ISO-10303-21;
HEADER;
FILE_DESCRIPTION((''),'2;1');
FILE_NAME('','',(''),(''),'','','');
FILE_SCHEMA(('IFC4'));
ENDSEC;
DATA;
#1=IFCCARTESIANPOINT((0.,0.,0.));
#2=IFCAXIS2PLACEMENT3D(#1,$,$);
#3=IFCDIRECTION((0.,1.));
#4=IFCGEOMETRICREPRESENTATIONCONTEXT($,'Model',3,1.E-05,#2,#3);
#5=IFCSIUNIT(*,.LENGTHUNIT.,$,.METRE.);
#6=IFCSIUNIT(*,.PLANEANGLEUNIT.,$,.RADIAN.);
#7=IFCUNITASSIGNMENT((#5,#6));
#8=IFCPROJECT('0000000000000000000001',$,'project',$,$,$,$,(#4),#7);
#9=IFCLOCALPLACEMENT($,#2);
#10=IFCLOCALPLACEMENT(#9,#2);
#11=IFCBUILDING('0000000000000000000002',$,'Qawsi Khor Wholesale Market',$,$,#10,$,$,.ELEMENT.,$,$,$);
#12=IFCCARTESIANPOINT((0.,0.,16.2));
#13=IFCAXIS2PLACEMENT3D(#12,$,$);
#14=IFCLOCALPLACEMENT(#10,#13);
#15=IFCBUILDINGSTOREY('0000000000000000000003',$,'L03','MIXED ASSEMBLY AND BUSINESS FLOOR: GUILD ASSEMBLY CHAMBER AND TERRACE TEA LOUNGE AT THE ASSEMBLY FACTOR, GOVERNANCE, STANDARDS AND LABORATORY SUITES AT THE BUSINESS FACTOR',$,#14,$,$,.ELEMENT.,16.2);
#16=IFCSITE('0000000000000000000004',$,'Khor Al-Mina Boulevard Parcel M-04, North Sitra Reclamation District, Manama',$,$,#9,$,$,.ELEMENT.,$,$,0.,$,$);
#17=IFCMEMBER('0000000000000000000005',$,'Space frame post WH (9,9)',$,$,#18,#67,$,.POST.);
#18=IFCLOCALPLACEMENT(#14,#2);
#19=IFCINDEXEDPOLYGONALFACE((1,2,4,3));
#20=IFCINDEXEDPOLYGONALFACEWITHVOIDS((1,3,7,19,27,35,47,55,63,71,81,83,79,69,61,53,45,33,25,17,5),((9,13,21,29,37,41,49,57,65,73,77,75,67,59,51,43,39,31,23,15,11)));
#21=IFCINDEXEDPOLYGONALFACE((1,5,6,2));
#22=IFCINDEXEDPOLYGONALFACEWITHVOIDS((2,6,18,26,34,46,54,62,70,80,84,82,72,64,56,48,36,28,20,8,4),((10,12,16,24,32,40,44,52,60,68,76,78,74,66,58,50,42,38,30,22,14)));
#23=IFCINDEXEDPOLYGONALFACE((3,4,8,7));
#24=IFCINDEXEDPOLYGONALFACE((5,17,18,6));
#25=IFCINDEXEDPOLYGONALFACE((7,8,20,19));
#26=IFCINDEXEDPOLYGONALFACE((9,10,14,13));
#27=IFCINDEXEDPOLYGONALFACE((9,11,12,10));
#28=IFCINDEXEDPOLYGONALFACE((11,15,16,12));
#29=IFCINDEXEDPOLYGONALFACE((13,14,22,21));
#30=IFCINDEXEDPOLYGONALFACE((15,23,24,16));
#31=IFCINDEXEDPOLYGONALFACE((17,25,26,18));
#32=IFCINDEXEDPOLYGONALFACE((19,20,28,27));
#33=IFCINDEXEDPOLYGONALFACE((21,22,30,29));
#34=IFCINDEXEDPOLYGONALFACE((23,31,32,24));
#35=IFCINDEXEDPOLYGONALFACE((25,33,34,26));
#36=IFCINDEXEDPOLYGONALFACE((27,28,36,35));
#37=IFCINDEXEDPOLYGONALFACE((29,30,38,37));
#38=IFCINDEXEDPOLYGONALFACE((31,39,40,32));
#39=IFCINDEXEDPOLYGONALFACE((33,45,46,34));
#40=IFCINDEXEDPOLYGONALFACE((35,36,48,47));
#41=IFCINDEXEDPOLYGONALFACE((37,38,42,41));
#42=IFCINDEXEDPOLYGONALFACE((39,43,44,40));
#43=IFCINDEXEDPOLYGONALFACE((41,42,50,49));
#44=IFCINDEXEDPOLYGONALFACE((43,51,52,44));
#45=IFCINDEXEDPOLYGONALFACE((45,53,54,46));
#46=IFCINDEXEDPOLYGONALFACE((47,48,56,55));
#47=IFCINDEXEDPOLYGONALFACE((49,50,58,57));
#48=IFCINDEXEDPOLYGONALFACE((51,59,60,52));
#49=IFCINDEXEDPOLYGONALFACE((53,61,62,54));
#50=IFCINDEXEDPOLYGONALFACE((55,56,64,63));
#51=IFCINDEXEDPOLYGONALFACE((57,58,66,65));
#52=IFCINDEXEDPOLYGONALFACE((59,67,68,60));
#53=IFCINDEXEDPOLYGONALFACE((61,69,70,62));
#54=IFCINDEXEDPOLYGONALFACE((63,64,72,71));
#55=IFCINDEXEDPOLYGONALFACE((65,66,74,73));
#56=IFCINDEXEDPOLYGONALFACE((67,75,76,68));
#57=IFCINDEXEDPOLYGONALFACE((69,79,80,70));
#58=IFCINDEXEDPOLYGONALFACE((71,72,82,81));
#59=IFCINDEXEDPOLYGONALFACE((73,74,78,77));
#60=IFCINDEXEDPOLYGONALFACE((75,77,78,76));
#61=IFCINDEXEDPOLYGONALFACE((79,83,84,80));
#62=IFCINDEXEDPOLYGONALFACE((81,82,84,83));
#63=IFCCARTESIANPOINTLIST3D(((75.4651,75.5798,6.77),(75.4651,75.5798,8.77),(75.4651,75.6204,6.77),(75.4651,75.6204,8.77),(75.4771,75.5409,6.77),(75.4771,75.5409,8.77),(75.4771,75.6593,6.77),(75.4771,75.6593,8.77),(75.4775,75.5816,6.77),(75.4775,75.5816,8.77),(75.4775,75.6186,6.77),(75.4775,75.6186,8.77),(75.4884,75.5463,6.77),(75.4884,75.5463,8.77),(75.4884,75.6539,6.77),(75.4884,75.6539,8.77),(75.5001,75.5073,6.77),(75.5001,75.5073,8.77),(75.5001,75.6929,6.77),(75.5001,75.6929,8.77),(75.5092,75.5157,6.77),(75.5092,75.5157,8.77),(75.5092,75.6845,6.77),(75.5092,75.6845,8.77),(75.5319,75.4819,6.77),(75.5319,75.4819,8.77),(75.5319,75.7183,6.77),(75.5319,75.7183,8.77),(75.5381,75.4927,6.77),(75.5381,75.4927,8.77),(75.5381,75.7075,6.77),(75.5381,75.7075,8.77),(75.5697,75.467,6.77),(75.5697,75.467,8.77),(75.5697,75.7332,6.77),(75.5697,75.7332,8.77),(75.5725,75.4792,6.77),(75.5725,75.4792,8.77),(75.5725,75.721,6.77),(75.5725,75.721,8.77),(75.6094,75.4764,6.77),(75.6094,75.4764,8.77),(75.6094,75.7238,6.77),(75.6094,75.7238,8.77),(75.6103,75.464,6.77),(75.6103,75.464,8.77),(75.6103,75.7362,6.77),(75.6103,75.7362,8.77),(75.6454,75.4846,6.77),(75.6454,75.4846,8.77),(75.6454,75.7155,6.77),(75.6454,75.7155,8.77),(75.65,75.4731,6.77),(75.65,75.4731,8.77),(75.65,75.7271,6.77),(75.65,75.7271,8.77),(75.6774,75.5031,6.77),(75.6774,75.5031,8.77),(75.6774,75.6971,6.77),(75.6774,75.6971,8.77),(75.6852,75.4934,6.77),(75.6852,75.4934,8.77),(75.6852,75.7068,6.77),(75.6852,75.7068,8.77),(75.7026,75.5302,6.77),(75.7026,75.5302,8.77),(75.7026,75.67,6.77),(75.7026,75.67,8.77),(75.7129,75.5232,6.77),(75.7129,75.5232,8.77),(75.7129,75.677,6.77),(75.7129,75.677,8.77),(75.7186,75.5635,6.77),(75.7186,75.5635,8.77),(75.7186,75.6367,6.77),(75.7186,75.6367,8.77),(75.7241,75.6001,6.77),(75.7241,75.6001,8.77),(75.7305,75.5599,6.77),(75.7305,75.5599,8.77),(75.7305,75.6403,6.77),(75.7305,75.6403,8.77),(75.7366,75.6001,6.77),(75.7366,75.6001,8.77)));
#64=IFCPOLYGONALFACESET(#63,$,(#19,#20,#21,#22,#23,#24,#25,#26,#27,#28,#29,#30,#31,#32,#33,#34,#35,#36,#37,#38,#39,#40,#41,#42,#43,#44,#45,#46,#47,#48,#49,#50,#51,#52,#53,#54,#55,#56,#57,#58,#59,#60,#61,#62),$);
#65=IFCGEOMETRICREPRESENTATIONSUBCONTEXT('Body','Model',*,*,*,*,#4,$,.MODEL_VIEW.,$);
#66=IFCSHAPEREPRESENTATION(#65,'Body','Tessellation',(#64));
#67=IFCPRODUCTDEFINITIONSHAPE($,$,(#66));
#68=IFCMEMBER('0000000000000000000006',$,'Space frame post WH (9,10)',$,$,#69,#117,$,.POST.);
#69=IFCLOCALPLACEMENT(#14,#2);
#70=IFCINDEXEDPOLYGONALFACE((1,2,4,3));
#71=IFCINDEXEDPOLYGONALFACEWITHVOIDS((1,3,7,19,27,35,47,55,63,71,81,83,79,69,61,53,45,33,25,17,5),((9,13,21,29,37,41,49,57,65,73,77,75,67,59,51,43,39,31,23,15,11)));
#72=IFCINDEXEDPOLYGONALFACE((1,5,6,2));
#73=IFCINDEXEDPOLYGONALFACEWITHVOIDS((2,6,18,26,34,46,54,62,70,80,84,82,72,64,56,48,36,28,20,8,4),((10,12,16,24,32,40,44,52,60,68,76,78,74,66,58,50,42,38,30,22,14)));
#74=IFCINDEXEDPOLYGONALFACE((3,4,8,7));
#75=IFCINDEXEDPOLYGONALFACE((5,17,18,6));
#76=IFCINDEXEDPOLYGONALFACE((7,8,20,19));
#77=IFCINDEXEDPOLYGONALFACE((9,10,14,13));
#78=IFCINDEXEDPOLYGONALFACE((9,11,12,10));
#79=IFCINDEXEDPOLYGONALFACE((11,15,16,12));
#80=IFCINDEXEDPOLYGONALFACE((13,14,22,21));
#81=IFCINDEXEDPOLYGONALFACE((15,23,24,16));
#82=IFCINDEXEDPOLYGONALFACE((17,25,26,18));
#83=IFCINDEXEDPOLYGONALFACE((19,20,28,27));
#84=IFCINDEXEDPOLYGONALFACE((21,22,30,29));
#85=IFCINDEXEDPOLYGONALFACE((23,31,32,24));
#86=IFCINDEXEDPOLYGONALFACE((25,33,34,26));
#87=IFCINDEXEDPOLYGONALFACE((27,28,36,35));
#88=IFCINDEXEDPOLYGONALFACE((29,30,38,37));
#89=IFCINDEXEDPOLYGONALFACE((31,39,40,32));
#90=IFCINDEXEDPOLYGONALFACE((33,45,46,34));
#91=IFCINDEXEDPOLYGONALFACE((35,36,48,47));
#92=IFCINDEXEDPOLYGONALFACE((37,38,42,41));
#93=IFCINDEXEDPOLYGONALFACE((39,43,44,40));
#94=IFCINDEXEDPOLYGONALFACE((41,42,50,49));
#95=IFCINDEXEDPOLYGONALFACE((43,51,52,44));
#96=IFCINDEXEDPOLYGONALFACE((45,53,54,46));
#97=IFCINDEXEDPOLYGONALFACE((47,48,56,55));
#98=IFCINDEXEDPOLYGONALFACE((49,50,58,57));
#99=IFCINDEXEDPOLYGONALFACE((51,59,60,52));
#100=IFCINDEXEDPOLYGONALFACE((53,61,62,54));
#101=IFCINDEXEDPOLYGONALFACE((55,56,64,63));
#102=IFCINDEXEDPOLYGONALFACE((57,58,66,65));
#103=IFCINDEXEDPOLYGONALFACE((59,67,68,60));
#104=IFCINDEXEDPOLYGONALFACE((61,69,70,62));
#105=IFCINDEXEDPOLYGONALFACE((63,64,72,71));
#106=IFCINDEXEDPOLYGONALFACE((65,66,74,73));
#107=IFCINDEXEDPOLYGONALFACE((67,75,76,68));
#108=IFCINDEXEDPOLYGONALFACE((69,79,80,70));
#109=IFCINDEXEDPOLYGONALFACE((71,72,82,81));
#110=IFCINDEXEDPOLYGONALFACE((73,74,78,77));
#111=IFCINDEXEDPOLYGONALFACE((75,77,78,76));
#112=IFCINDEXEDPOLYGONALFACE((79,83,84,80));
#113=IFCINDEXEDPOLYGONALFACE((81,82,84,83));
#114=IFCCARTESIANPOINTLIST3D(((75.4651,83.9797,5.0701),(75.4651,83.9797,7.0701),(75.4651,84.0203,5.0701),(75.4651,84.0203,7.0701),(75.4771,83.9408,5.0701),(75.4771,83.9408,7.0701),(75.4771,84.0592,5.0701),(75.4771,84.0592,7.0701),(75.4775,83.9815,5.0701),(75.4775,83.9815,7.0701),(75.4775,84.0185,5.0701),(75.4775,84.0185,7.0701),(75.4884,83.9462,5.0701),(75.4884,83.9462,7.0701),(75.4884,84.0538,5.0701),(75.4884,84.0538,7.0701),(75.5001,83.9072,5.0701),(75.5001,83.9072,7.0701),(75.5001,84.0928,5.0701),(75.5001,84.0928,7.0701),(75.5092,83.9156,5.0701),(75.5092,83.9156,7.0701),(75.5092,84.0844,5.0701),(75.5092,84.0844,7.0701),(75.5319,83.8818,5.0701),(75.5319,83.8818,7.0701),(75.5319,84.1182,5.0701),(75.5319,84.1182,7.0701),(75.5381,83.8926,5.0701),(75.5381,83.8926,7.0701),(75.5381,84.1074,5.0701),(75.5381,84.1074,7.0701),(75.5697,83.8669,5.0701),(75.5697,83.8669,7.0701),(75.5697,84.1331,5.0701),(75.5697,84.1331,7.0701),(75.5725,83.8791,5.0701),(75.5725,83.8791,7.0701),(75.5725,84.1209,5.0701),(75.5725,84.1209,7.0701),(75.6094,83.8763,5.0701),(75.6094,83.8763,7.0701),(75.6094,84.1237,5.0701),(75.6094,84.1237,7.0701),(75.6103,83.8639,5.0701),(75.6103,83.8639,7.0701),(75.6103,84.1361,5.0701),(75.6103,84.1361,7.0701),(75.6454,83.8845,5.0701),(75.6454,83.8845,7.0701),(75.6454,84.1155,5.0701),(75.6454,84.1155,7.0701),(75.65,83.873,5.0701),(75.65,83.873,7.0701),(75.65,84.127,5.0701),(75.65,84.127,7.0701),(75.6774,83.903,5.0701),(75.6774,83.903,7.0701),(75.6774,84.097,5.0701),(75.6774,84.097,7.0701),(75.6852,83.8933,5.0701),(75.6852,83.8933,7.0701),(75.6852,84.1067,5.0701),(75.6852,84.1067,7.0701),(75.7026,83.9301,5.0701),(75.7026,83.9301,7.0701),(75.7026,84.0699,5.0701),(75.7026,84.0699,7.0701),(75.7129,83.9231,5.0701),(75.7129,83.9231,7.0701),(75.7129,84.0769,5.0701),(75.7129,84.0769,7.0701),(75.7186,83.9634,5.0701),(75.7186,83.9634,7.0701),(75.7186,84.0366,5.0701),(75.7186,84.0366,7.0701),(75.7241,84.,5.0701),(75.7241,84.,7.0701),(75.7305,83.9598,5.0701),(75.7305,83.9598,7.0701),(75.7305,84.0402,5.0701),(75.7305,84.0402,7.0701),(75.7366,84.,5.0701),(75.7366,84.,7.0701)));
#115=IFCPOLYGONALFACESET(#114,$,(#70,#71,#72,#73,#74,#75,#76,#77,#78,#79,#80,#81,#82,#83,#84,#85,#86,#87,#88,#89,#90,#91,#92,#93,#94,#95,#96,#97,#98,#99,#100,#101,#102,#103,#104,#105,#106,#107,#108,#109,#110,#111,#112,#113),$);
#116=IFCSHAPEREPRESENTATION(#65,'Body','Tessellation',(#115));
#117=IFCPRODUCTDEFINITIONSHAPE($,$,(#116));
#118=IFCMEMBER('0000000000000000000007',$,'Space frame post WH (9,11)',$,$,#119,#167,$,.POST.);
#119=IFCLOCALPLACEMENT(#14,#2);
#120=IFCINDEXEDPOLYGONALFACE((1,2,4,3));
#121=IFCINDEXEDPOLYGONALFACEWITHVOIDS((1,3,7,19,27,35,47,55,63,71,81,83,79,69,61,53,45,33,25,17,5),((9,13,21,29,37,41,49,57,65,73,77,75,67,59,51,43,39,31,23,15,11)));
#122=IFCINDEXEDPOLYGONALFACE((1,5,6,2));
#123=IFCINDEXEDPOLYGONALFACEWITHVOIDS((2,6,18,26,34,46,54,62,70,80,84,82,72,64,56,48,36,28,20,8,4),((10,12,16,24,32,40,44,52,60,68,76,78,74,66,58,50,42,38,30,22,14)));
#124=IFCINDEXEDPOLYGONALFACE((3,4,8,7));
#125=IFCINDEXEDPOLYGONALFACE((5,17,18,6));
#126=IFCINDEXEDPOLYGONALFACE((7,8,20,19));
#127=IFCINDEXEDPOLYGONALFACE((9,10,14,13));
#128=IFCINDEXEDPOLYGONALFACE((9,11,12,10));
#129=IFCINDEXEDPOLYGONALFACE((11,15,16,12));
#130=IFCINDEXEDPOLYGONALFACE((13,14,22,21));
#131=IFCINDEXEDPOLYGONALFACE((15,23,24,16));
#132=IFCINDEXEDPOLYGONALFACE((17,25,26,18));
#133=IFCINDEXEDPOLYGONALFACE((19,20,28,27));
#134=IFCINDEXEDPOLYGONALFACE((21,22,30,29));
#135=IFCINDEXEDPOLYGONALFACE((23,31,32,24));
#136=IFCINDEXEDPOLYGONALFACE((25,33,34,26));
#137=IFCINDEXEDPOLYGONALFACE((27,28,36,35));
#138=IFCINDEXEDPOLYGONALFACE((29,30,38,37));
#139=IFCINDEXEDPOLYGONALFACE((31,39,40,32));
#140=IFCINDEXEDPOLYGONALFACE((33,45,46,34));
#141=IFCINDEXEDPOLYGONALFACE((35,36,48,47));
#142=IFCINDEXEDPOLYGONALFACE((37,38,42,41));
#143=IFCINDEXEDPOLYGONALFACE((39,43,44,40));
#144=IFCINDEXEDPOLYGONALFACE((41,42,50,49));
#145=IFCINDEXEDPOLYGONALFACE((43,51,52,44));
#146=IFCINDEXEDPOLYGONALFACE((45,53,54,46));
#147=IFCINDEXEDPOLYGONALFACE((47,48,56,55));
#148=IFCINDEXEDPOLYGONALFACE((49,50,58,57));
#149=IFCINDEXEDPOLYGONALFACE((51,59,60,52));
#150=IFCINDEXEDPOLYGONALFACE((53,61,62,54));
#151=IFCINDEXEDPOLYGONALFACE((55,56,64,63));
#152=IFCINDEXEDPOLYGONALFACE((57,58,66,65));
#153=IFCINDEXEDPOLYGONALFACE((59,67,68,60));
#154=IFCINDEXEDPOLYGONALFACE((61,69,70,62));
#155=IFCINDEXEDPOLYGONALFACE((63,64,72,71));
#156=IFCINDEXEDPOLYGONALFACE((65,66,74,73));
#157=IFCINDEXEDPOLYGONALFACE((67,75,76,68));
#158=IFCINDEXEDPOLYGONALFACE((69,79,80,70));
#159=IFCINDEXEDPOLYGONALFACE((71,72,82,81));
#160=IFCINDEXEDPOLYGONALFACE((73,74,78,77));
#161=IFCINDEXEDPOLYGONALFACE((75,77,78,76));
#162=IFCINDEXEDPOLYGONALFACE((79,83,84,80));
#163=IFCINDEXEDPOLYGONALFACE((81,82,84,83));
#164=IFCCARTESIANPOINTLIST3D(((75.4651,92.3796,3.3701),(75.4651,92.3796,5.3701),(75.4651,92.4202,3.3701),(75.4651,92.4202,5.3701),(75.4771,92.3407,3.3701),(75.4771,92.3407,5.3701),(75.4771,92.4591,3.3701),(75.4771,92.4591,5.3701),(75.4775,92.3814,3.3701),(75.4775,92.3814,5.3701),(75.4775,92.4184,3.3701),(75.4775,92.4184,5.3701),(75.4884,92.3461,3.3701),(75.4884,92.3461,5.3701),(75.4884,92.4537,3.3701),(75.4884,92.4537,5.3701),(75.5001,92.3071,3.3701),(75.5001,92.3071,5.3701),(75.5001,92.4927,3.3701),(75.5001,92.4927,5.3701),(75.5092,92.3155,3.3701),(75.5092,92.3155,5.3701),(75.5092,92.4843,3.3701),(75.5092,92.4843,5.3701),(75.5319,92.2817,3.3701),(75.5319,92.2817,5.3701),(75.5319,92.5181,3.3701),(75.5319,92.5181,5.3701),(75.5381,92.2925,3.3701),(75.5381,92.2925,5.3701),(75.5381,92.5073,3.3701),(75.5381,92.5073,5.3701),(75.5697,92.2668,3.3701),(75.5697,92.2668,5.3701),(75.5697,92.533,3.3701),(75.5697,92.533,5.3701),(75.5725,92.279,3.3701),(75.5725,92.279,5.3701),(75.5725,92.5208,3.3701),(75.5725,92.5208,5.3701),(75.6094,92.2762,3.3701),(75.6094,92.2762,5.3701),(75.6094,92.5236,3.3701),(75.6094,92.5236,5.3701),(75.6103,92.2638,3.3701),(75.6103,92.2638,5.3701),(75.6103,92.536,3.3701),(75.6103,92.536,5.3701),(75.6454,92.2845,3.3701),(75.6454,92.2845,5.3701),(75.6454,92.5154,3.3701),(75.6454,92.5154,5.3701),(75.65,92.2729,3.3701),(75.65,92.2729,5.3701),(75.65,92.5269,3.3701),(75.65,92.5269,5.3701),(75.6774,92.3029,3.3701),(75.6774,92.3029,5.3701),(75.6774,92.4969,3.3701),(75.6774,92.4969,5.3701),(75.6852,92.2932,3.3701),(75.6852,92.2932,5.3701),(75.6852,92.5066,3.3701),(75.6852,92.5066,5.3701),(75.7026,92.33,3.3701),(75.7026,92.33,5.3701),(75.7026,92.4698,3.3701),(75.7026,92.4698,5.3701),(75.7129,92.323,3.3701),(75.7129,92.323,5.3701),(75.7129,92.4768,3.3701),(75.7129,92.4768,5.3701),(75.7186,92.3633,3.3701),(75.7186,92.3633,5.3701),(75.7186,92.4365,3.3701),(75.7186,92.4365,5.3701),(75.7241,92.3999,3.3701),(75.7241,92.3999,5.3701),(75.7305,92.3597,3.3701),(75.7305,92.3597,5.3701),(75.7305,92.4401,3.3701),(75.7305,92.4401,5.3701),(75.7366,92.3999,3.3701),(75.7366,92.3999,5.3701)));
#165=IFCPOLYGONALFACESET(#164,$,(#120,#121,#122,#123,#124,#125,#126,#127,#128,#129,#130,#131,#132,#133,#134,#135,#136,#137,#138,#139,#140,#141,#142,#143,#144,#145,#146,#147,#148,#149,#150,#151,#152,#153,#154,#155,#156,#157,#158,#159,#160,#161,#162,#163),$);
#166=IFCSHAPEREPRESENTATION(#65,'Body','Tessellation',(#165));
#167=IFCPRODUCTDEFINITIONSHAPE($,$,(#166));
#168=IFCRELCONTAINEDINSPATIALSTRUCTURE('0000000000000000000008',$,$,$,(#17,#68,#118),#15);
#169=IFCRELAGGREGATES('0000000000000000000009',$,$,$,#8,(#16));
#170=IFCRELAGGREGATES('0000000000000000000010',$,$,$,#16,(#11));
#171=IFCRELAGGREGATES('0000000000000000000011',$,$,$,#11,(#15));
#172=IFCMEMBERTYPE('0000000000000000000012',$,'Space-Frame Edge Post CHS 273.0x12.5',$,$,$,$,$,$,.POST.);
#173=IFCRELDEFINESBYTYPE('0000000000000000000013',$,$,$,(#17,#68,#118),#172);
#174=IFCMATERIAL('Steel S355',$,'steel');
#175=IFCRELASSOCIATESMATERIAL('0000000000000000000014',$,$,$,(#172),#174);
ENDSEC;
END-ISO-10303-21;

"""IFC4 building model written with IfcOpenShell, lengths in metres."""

from ifc_helpers import new_model, si_unit, direction, frame, origin, origin_2d, place, context, subcontext, project, spatial, hollow_circle, extrude, material, material_profile, profile_set, type_object, element, save


model = new_model("IFC4")

# Units and contexts
model_context = context("Model", 3, precision=1e-05, world=origin(), true_north=direction((0.0, 1.0)))
body_context = subcontext(model_context, "Body", "Model", "MODEL_VIEW")
ifc_project = project(units=[si_unit("LENGTHUNIT", "METRE"), si_unit("PLANEANGLEUNIT", "RADIAN")], contexts=[model_context])

# Site, building, storey
site_placement = place(None, origin())
site = spatial("IfcSite", under=ifc_project, at=site_placement, Name="Khor Al-Mina Boulevard Parcel M-04, North Sitra Reclamation District, Manama", CompositionType="ELEMENT", RefElevation=0.0)
building_placement = place(site_placement, origin())
building = spatial("IfcBuilding", under=site, at=building_placement, Name="Qawsi Khor Wholesale Market", CompositionType="ELEMENT")
storey_placement = place(building_placement, frame((0.0, 0.0, 16.2)))
storey = spatial("IfcBuildingStorey", under=building, at=storey_placement, Name="L03", Description="MIXED ASSEMBLY AND BUSINESS FLOOR: GUILD ASSEMBLY CHAMBER AND TERRACE TEA LOUNGE AT THE ASSEMBLY FACTOR, GOVERNANCE, STANDARDS AND LABORATORY SUITES AT THE BUSINESS FACTOR", CompositionType="ELEMENT", Elevation=16.2)

# Members
ifc_material_1 = material(Name="Steel S355", Category="steel")
ifc_material_profile_1 = material_profile(ifc_material_1, hollow_circle(Radius=0.1365, WallThickness=0.0125, at=origin_2d()), Name="CHS 273.0x12.5")
ifc_profile_set_1 = profile_set([ifc_material_profile_1], Name="Steel S355")
member_type_1 = type_object("IfcMemberType", Name="Space-Frame Edge Post CHS 273.0x12.5", PredefinedType="POST", material=ifc_profile_set_1)
for number, where, z_axis, x_axis, name in (
    (1, (75.6001, 75.6001, 6.77), (0.0, 0.0, 1.0), (1.0, 0.0, 0.0), "Space frame post WH (9,9)"),
    (2, (75.6001, 84.0, 5.0701), (0.0, 0.0, 1.0), (1.0, 0.0, 0.0), "Space frame post WH (9,10)"),
    (3, (75.6001, 92.3999, 3.3701), (0.0, 0.0, 1.0), (1.0, 0.0, 0.0), "Space frame post WH (9,11)"),
):
    element("IfcMember", number, at=place(storey_placement, frame(where, z_axis=z_axis, x_axis=x_axis)), inside=storey, type_object=member_type_1, Name=name, PredefinedType="POST", context=body_context, shape_type="SweptSolid", body=[
        extrude(hollow_circle(Radius=0.1365, WallThickness=0.0125, at=origin_2d()), origin(), (0.0, 0.0, 1.0), 2.0),
    ])

save(model, "model.ifc")
